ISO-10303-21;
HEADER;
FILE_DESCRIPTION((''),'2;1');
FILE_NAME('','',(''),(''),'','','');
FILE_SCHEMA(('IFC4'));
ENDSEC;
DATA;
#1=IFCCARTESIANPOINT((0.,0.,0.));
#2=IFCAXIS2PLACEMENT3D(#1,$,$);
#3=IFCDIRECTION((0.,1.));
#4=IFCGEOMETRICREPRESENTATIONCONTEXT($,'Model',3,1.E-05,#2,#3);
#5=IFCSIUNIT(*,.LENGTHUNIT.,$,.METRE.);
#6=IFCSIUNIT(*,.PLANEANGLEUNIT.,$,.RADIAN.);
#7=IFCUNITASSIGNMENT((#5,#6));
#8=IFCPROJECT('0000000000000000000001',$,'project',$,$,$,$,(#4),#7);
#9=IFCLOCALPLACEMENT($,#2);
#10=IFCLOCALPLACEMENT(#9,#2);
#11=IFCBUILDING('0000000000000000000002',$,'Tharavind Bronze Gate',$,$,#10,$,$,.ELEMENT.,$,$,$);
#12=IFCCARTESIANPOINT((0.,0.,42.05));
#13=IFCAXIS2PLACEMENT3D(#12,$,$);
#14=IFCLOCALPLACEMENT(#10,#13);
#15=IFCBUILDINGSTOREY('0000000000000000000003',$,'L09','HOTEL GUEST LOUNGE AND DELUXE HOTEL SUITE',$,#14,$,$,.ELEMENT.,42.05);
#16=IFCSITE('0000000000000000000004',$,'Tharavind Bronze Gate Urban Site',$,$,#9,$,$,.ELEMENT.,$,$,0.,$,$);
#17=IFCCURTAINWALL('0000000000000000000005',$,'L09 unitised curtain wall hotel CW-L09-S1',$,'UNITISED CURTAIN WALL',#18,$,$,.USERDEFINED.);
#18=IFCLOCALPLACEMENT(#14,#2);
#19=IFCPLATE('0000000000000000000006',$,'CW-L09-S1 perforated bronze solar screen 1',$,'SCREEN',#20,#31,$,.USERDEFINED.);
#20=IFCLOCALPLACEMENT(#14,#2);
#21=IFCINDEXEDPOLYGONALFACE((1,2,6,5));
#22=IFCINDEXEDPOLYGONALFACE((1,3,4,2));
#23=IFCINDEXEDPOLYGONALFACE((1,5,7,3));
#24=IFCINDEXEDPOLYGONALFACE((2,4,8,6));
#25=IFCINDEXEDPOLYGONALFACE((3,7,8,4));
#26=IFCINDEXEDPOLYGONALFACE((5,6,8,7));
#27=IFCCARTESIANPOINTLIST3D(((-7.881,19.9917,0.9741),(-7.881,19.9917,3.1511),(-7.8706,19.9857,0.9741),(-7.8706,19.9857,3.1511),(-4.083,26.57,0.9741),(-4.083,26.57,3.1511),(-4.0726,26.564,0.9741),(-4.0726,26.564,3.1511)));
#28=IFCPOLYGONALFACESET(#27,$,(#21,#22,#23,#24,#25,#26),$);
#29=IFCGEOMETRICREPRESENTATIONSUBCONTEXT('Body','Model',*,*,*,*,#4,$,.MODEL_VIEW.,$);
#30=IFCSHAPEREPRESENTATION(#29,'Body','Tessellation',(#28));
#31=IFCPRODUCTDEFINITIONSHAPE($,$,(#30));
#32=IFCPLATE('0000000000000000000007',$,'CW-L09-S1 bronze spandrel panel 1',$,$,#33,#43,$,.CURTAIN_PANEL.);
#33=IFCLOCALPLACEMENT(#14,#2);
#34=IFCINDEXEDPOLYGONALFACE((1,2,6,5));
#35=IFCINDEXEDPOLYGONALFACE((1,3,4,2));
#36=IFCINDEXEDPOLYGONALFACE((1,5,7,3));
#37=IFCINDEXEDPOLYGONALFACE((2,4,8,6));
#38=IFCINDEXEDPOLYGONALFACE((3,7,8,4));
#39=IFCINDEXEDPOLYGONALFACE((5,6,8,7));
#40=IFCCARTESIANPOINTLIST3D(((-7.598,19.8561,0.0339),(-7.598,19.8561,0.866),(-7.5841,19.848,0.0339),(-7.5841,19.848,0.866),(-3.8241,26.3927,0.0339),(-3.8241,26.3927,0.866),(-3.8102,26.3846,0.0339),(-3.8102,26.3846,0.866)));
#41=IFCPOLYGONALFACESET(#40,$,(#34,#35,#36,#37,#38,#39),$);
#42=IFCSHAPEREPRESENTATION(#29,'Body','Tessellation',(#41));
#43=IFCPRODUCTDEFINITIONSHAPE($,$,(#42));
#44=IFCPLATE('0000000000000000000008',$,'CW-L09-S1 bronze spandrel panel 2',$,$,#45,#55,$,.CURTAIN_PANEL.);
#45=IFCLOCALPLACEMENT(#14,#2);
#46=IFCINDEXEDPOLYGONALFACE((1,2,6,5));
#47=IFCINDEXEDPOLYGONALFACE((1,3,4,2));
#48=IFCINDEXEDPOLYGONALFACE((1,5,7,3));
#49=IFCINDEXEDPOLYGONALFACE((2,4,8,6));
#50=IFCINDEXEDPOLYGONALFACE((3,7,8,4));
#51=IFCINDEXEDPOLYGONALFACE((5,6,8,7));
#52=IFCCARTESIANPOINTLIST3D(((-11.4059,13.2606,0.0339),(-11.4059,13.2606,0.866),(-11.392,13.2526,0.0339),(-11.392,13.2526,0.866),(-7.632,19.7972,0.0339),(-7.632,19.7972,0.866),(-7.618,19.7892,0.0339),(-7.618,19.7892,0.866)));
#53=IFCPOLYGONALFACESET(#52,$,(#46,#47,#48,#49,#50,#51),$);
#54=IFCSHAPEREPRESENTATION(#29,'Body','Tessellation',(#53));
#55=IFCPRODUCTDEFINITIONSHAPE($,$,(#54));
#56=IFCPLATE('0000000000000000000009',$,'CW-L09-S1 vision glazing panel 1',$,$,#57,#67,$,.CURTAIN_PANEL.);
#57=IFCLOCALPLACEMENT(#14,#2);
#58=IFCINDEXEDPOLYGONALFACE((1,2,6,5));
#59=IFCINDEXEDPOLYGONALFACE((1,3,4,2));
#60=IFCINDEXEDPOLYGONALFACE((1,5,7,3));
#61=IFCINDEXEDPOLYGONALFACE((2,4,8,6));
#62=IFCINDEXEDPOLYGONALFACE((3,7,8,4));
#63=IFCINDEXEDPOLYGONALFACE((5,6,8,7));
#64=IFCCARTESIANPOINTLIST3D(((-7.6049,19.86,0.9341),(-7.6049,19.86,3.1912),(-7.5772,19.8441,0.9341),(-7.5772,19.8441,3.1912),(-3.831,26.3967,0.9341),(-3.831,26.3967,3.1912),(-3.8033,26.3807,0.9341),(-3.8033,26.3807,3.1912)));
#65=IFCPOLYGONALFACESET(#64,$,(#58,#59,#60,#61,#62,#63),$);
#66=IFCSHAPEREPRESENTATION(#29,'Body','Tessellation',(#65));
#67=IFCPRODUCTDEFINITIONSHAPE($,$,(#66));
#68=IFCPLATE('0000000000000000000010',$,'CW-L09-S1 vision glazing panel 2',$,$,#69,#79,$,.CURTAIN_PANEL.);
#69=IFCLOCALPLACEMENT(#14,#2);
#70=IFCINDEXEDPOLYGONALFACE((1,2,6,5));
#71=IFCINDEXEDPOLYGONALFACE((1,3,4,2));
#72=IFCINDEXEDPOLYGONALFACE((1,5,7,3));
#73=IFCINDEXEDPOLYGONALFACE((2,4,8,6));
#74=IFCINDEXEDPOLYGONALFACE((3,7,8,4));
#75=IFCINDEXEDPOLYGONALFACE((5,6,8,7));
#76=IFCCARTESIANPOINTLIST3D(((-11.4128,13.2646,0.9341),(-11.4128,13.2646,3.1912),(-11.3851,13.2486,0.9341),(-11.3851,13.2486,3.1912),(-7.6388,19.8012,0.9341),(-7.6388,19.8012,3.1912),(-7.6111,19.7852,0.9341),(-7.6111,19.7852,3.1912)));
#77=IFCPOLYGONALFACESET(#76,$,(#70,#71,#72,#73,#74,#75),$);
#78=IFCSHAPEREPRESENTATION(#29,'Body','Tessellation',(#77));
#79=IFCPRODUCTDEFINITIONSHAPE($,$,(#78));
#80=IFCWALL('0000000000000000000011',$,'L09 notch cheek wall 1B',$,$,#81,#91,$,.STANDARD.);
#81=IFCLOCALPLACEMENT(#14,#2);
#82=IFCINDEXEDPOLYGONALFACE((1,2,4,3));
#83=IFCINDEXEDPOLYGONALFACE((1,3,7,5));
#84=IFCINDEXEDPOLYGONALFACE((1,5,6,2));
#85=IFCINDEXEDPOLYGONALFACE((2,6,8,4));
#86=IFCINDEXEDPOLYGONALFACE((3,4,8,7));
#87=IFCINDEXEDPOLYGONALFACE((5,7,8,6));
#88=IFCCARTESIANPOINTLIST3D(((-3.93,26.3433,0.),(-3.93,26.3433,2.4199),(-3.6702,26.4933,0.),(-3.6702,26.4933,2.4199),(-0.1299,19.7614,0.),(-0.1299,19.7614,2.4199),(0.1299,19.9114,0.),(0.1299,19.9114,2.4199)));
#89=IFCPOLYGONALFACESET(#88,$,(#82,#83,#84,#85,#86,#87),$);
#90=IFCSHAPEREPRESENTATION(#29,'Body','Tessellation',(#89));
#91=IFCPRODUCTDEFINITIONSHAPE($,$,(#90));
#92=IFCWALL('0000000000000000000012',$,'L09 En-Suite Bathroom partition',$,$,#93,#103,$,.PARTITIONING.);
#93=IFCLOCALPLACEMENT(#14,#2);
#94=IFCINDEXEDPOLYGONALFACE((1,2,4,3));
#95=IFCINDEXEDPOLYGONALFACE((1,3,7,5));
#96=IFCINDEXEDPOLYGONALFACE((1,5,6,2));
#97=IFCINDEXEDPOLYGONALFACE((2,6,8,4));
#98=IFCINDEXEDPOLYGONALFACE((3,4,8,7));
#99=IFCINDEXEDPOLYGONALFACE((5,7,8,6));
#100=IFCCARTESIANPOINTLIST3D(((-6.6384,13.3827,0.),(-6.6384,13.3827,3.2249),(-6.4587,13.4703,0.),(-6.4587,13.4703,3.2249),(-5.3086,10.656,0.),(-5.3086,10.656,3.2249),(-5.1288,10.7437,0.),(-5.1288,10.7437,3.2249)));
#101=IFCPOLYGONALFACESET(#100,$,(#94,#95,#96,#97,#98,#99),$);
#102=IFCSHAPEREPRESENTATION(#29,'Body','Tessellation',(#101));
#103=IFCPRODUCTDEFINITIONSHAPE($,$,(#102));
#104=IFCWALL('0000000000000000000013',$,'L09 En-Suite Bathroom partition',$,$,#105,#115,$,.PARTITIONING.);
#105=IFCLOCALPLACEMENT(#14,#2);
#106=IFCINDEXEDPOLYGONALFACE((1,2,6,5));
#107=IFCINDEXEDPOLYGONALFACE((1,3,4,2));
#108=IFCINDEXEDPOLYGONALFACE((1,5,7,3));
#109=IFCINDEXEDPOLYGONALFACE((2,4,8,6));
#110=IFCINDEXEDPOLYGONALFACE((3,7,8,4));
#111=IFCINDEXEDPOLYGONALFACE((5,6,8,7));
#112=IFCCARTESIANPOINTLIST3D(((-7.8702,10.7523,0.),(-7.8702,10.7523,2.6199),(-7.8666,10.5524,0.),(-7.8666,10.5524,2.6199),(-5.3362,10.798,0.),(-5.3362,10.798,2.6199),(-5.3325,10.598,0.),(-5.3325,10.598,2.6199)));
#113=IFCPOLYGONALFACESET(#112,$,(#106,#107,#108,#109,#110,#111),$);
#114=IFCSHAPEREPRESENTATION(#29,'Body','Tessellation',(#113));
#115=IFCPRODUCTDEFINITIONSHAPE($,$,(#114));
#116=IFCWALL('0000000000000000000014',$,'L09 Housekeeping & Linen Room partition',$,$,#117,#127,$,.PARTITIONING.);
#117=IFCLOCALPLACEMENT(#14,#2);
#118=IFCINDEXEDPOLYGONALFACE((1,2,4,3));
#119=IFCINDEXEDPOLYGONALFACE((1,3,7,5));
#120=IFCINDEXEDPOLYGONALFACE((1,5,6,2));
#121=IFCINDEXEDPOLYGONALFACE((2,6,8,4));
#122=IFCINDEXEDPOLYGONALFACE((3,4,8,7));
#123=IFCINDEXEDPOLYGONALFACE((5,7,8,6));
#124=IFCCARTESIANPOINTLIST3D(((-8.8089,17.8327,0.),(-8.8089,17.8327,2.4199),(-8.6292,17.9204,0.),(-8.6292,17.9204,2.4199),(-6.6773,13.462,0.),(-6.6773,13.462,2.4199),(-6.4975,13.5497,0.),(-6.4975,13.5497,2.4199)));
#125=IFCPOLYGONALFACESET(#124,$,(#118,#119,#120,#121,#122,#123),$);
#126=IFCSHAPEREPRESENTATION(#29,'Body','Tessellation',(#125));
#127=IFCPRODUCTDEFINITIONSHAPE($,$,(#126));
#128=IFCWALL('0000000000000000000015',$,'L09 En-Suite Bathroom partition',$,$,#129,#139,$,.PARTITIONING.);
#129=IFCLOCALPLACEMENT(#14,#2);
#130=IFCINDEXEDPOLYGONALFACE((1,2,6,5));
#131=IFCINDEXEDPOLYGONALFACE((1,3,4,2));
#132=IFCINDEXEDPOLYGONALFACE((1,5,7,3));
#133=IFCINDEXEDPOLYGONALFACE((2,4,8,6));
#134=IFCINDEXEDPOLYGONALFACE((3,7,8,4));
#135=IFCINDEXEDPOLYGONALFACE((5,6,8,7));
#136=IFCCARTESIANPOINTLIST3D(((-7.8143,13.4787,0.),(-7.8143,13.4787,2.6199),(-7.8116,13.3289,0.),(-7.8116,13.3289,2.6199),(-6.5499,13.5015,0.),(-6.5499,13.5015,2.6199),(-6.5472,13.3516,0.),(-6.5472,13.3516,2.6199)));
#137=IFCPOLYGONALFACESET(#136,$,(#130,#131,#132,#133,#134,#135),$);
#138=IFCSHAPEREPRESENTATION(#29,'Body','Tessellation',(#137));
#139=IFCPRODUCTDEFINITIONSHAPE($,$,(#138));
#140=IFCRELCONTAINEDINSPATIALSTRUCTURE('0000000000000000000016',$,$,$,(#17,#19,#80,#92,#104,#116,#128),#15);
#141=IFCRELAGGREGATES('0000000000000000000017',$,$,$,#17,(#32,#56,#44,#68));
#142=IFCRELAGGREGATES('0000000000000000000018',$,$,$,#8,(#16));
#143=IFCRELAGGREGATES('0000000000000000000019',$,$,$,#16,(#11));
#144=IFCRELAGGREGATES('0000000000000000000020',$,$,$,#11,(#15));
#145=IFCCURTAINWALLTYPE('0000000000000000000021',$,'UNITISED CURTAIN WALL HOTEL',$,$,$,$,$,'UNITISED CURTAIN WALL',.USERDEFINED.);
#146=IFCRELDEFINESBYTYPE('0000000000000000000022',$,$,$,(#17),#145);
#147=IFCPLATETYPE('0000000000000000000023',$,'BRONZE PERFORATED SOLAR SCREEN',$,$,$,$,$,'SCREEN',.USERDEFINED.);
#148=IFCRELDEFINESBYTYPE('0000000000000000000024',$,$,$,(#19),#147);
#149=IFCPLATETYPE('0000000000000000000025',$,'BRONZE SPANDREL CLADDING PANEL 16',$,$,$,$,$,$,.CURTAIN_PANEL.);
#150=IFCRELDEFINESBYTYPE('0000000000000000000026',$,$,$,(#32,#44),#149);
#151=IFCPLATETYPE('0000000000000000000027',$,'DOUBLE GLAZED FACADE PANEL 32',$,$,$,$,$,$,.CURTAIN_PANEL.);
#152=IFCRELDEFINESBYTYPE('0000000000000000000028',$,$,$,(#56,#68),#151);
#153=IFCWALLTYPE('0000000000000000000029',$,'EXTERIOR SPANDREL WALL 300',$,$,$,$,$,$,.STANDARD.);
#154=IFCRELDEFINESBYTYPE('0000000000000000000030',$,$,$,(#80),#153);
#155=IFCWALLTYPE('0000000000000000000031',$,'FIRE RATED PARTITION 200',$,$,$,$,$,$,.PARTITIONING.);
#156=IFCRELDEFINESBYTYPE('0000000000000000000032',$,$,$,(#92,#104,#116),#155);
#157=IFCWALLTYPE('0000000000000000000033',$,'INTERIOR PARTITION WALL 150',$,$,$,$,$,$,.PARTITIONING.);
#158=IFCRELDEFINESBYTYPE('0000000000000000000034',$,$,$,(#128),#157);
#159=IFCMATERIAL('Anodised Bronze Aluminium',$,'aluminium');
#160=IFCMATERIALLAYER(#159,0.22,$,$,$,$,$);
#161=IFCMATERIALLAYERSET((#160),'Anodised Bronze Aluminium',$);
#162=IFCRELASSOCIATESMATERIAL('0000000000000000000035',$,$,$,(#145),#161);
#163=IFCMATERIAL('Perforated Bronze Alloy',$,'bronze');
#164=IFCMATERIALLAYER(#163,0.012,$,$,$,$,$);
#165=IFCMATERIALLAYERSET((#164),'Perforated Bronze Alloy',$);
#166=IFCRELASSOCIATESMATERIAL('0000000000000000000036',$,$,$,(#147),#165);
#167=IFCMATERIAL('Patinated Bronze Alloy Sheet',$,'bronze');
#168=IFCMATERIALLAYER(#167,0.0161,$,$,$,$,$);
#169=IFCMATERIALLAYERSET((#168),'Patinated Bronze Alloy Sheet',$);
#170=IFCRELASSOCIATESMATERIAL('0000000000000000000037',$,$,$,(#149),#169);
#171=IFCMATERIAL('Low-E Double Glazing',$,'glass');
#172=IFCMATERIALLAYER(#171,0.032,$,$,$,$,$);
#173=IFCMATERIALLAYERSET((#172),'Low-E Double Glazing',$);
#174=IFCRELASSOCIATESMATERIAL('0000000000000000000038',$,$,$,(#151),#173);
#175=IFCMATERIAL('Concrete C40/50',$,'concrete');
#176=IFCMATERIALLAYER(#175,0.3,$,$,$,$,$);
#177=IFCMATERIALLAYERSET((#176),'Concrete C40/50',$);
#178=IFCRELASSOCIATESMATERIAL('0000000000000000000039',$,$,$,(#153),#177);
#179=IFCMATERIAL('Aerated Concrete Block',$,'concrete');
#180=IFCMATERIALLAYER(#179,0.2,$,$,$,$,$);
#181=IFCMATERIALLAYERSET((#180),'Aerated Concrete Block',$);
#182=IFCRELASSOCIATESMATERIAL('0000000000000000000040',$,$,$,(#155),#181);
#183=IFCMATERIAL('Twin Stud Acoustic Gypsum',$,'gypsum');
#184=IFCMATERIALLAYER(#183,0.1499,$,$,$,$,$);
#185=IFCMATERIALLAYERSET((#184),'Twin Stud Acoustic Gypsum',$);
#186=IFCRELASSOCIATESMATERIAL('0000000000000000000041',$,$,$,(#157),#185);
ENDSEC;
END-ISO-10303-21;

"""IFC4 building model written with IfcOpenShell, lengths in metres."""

from ifc_helpers import new_model, si_unit, direction, frame, frame_2d, origin, origin_2d, place, context, subcontext, project, spatial, rectangle, extrude, material, layer, layer_set, type_object, element, aggregate, save


model = new_model("IFC4")

# Units and contexts
model_context = context("Model", 3, precision=1e-05, world=origin(), true_north=direction((0.0, 1.0)))
body_context = subcontext(model_context, "Body", "Model", "MODEL_VIEW")
ifc_project = project(units=[si_unit("LENGTHUNIT", "METRE"), si_unit("PLANEANGLEUNIT", "RADIAN")], contexts=[model_context])

# Site, building, storey
site_placement = place(None, origin())
site = spatial("IfcSite", under=ifc_project, at=site_placement, Name="Tharavind Bronze Gate Urban Site", CompositionType="ELEMENT", RefElevation=0.0)
building_placement = place(site_placement, origin())
building = spatial("IfcBuilding", under=site, at=building_placement, Name="Tharavind Bronze Gate", CompositionType="ELEMENT")
storey_placement = place(building_placement, frame((0.0, 0.0, 42.05)))
storey = spatial("IfcBuildingStorey", under=building, at=storey_placement, Name="L09", Description="HOTEL GUEST LOUNGE AND DELUXE HOTEL SUITE", CompositionType="ELEMENT", Elevation=42.05)

# Curtain wall
ifc_material_1 = material(Name="Anodised Bronze Aluminium", Category="aluminium")
ifc_layer_1 = layer(ifc_material_1, 0.22)
ifc_layer_set_1 = layer_set([ifc_layer_1], Name="Anodised Bronze Aluminium")
curtain_wall_type = type_object("IfcCurtainWallType", Name="UNITISED CURTAIN WALL HOTEL", ElementType="UNITISED CURTAIN WALL", PredefinedType="USERDEFINED", material=ifc_layer_set_1)
curtain_wall_placement = place(storey_placement, origin())
curtain_wall = element("IfcCurtainWall", 1, at=curtain_wall_placement, inside=storey, type_object=curtain_wall_type, Name="L09 unitised curtain wall hotel CW-L09-S1", ObjectType="UNITISED CURTAIN WALL", PredefinedType="USERDEFINED")

# Plates
ifc_material_2 = material(Name="Perforated Bronze Alloy", Category="bronze")
ifc_layer_2 = layer(ifc_material_2, 0.012)
ifc_layer_set_2 = layer_set([ifc_layer_2], Name="Perforated Bronze Alloy")
plate_type_1 = type_object("IfcPlateType", Name="BRONZE PERFORATED SOLAR SCREEN", ElementType="SCREEN", PredefinedType="USERDEFINED", material=ifc_layer_set_2)
plate_1_placement = place(storey_placement, frame((-5.9768, 23.2778, 0.9741), z_axis=(0.0, 0.0, 1.0), x_axis=(-0.500002, -0.866025, 0.0)))
element("IfcPlate", 2, at=plate_1_placement, inside=storey, type_object=plate_type_1, Name="CW-L09-S1 perforated bronze solar screen 1", ObjectType="SCREEN", PredefinedType="USERDEFINED", context=body_context, shape_type="SweptSolid", body=[
    extrude(rectangle(XDim=7.5959, YDim=0.012, at=origin_2d()), origin(), (0.0, 0.0, 1.0), 2.177),
])
ifc_material_3 = material(Name="Patinated Bronze Alloy Sheet", Category="bronze")
ifc_layer_3 = layer(ifc_material_3, 0.0161)
ifc_layer_set_3 = layer_set([ifc_layer_3], Name="Patinated Bronze Alloy Sheet")
plate_type_2 = type_object("IfcPlateType", Name="BRONZE SPANDREL CLADDING PANEL 16", PredefinedType="CURTAIN_PANEL", material=ifc_layer_set_3)
plate_2_placement = place(storey_placement, frame((-5.7041, 23.1204, 0.0339), z_axis=(0.0, 0.0, 1.0), x_axis=(-0.500002, -0.866025, 0.0)))
plate_2 = element("IfcPlate", 3, at=plate_2_placement, type_object=plate_type_2, Name="CW-L09-S1 bronze spandrel panel 1", PredefinedType="CURTAIN_PANEL", context=body_context, shape_type="SweptSolid", body=[
    extrude(rectangle(XDim=7.5479, YDim=0.0161, at=origin_2d()), origin(), (0.0, 0.0, 1.0), 0.832),
])
plate_3_placement = place(storey_placement, frame((-9.512, 16.5249, 0.0339), z_axis=(0.0, 0.0, 1.0), x_axis=(-0.500002, -0.866025, 0.0)))
plate_3 = element("IfcPlate", 4, at=plate_3_placement, type_object=plate_type_2, Name="CW-L09-S1 bronze spandrel panel 2", PredefinedType="CURTAIN_PANEL", context=body_context, shape_type="SweptSolid", body=[
    extrude(rectangle(XDim=7.5479, YDim=0.0161, at=origin_2d()), origin(), (0.0, 0.0, 1.0), 0.832),
])
ifc_material_4 = material(Name="Low-E Double Glazing", Category="glass")
ifc_layer_4 = layer(ifc_material_4, 0.032)
ifc_layer_set_4 = layer_set([ifc_layer_4], Name="Low-E Double Glazing")
plate_type_3 = type_object("IfcPlateType", Name="DOUBLE GLAZED FACADE PANEL 32", PredefinedType="CURTAIN_PANEL", material=ifc_layer_set_4)
plate_4_placement = place(storey_placement, frame((-5.7041, 23.1204, 0.9341), z_axis=(0.0, 0.0, 1.0), x_axis=(-0.500002, -0.866025, 0.0)))
plate_4 = element("IfcPlate", 5, at=plate_4_placement, type_object=plate_type_3, Name="CW-L09-S1 vision glazing panel 1", PredefinedType="CURTAIN_PANEL", context=body_context, shape_type="SweptSolid", body=[
    extrude(rectangle(XDim=7.5479, YDim=0.032, at=origin_2d()), origin(), (0.0, 0.0, 1.0), 2.2571),
])
plate_5_placement = place(storey_placement, frame((-9.512, 16.5249, 0.9341), z_axis=(0.0, 0.0, 1.0), x_axis=(-0.500002, -0.866025, 0.0)))
plate_5 = element("IfcPlate", 6, at=plate_5_placement, type_object=plate_type_3, Name="CW-L09-S1 vision glazing panel 2", PredefinedType="CURTAIN_PANEL", context=body_context, shape_type="SweptSolid", body=[
    extrude(rectangle(XDim=7.5479, YDim=0.032, at=origin_2d()), origin(), (0.0, 0.0, 1.0), 2.2571),
])
aggregate(curtain_wall, [plate_2, plate_4, plate_3, plate_5])

# Walls
ifc_material_5 = material(Name="Concrete C40/50", Category="concrete")
ifc_layer_5 = layer(ifc_material_5, 0.3)
ifc_layer_set_5 = layer_set([ifc_layer_5], Name="Concrete C40/50")
wall_type_1 = type_object("IfcWallType", Name="EXTERIOR SPANDREL WALL 300", PredefinedType="STANDARD", material=ifc_layer_set_5)
wall_1_placement = place(storey_placement, frame((0.0, 19.8364, 0.0), z_axis=(0.0, 0.0, 1.0), x_axis=(-0.500005, 0.866022, 0.0)))
element("IfcWall", 7, at=wall_1_placement, inside=storey, type_object=wall_type_1, Name="L09 notch cheek wall 1B", PredefinedType="STANDARD", context=body_context, shape_type="SweptSolid", body=[
    extrude(rectangle(XDim=7.6001, YDim=0.3, at=frame_2d((3.8, 0.0))), origin(), (0.0, 0.0, 1.0), 2.4199),
])
ifc_material_6 = material(Name="Aerated Concrete Block", Category="concrete")
ifc_layer_6 = layer(ifc_material_6, 0.2)
ifc_layer_set_6 = layer_set([ifc_layer_6], Name="Aerated Concrete Block")
wall_type_2 = type_object("IfcWallType", Name="FIRE RATED PARTITION 200", PredefinedType="PARTITIONING", material=ifc_layer_set_6)
wall_2_placement = place(storey_placement, frame((-6.5486, 13.4265, 0.0), z_axis=(0.0, 0.0, 1.0), x_axis=(0.438371, -0.898794, 0.0)))
element("IfcWall", 8, at=wall_2_placement, inside=storey, type_object=wall_type_2, Name="L09 En-Suite Bathroom partition", PredefinedType="PARTITIONING", context=body_context, shape_type="SweptSolid", body=[
    extrude(rectangle(XDim=3.0337, YDim=0.2, at=frame_2d((1.5168, 0.0))), origin(), (0.0, 0.0, 1.0), 3.2249),
])
wall_3_placement = place(storey_placement, frame((-5.3345, 10.698, 0.0), z_axis=(0.0, 0.0, 1.0), x_axis=(-0.999838, -0.018014, 0.0)))
element("IfcWall", 9, at=wall_3_placement, inside=storey, type_object=wall_type_2, Name="L09 En-Suite Bathroom partition", PredefinedType="PARTITIONING", context=body_context, shape_type="SweptSolid", body=[
    extrude(rectangle(XDim=2.5344, YDim=0.2, at=frame_2d((1.2671, 0.0))), origin(), (0.0, 0.0, 1.0), 2.6199),
])
wall_4_placement = place(storey_placement, frame((-6.5874, 13.5059, 0.0), z_axis=(0.0, 0.0, 1.0), x_axis=(-0.438355, 0.898802, 0.0)))
element("IfcWall", 10, at=wall_4_placement, inside=storey, type_object=wall_type_2, Name="L09 Housekeeping & Linen Room partition", PredefinedType="PARTITIONING", context=body_context, shape_type="SweptSolid", body=[
    extrude(rectangle(XDim=4.8628, YDim=0.2, at=frame_2d((2.4314, 0.0))), origin(), (0.0, 0.0, 1.0), 2.4199),
])
ifc_material_7 = material(Name="Twin Stud Acoustic Gypsum", Category="gypsum")
ifc_layer_7 = layer(ifc_material_7, 0.1499)
ifc_layer_set_7 = layer_set([ifc_layer_7], Name="Twin Stud Acoustic Gypsum")
wall_type_3 = type_object("IfcWallType", Name="INTERIOR PARTITION WALL 150", PredefinedType="PARTITIONING", material=ifc_layer_set_7)
wall_5_placement = place(storey_placement, frame((-7.813, 13.4038, 0.0), z_axis=(0.0, 0.0, 1.0), x_axis=(0.999839, 0.017954, 0.0)))
element("IfcWall", 11, at=wall_5_placement, inside=storey, type_object=wall_type_3, Name="L09 En-Suite Bathroom partition", PredefinedType="PARTITIONING", context=body_context, shape_type="SweptSolid", body=[
    extrude(rectangle(XDim=1.2646, YDim=0.1499, at=frame_2d((0.6323, 0.0))), origin(), (0.0, 0.0, 1.0), 2.6199),
])

save(model, "model.ifc")
